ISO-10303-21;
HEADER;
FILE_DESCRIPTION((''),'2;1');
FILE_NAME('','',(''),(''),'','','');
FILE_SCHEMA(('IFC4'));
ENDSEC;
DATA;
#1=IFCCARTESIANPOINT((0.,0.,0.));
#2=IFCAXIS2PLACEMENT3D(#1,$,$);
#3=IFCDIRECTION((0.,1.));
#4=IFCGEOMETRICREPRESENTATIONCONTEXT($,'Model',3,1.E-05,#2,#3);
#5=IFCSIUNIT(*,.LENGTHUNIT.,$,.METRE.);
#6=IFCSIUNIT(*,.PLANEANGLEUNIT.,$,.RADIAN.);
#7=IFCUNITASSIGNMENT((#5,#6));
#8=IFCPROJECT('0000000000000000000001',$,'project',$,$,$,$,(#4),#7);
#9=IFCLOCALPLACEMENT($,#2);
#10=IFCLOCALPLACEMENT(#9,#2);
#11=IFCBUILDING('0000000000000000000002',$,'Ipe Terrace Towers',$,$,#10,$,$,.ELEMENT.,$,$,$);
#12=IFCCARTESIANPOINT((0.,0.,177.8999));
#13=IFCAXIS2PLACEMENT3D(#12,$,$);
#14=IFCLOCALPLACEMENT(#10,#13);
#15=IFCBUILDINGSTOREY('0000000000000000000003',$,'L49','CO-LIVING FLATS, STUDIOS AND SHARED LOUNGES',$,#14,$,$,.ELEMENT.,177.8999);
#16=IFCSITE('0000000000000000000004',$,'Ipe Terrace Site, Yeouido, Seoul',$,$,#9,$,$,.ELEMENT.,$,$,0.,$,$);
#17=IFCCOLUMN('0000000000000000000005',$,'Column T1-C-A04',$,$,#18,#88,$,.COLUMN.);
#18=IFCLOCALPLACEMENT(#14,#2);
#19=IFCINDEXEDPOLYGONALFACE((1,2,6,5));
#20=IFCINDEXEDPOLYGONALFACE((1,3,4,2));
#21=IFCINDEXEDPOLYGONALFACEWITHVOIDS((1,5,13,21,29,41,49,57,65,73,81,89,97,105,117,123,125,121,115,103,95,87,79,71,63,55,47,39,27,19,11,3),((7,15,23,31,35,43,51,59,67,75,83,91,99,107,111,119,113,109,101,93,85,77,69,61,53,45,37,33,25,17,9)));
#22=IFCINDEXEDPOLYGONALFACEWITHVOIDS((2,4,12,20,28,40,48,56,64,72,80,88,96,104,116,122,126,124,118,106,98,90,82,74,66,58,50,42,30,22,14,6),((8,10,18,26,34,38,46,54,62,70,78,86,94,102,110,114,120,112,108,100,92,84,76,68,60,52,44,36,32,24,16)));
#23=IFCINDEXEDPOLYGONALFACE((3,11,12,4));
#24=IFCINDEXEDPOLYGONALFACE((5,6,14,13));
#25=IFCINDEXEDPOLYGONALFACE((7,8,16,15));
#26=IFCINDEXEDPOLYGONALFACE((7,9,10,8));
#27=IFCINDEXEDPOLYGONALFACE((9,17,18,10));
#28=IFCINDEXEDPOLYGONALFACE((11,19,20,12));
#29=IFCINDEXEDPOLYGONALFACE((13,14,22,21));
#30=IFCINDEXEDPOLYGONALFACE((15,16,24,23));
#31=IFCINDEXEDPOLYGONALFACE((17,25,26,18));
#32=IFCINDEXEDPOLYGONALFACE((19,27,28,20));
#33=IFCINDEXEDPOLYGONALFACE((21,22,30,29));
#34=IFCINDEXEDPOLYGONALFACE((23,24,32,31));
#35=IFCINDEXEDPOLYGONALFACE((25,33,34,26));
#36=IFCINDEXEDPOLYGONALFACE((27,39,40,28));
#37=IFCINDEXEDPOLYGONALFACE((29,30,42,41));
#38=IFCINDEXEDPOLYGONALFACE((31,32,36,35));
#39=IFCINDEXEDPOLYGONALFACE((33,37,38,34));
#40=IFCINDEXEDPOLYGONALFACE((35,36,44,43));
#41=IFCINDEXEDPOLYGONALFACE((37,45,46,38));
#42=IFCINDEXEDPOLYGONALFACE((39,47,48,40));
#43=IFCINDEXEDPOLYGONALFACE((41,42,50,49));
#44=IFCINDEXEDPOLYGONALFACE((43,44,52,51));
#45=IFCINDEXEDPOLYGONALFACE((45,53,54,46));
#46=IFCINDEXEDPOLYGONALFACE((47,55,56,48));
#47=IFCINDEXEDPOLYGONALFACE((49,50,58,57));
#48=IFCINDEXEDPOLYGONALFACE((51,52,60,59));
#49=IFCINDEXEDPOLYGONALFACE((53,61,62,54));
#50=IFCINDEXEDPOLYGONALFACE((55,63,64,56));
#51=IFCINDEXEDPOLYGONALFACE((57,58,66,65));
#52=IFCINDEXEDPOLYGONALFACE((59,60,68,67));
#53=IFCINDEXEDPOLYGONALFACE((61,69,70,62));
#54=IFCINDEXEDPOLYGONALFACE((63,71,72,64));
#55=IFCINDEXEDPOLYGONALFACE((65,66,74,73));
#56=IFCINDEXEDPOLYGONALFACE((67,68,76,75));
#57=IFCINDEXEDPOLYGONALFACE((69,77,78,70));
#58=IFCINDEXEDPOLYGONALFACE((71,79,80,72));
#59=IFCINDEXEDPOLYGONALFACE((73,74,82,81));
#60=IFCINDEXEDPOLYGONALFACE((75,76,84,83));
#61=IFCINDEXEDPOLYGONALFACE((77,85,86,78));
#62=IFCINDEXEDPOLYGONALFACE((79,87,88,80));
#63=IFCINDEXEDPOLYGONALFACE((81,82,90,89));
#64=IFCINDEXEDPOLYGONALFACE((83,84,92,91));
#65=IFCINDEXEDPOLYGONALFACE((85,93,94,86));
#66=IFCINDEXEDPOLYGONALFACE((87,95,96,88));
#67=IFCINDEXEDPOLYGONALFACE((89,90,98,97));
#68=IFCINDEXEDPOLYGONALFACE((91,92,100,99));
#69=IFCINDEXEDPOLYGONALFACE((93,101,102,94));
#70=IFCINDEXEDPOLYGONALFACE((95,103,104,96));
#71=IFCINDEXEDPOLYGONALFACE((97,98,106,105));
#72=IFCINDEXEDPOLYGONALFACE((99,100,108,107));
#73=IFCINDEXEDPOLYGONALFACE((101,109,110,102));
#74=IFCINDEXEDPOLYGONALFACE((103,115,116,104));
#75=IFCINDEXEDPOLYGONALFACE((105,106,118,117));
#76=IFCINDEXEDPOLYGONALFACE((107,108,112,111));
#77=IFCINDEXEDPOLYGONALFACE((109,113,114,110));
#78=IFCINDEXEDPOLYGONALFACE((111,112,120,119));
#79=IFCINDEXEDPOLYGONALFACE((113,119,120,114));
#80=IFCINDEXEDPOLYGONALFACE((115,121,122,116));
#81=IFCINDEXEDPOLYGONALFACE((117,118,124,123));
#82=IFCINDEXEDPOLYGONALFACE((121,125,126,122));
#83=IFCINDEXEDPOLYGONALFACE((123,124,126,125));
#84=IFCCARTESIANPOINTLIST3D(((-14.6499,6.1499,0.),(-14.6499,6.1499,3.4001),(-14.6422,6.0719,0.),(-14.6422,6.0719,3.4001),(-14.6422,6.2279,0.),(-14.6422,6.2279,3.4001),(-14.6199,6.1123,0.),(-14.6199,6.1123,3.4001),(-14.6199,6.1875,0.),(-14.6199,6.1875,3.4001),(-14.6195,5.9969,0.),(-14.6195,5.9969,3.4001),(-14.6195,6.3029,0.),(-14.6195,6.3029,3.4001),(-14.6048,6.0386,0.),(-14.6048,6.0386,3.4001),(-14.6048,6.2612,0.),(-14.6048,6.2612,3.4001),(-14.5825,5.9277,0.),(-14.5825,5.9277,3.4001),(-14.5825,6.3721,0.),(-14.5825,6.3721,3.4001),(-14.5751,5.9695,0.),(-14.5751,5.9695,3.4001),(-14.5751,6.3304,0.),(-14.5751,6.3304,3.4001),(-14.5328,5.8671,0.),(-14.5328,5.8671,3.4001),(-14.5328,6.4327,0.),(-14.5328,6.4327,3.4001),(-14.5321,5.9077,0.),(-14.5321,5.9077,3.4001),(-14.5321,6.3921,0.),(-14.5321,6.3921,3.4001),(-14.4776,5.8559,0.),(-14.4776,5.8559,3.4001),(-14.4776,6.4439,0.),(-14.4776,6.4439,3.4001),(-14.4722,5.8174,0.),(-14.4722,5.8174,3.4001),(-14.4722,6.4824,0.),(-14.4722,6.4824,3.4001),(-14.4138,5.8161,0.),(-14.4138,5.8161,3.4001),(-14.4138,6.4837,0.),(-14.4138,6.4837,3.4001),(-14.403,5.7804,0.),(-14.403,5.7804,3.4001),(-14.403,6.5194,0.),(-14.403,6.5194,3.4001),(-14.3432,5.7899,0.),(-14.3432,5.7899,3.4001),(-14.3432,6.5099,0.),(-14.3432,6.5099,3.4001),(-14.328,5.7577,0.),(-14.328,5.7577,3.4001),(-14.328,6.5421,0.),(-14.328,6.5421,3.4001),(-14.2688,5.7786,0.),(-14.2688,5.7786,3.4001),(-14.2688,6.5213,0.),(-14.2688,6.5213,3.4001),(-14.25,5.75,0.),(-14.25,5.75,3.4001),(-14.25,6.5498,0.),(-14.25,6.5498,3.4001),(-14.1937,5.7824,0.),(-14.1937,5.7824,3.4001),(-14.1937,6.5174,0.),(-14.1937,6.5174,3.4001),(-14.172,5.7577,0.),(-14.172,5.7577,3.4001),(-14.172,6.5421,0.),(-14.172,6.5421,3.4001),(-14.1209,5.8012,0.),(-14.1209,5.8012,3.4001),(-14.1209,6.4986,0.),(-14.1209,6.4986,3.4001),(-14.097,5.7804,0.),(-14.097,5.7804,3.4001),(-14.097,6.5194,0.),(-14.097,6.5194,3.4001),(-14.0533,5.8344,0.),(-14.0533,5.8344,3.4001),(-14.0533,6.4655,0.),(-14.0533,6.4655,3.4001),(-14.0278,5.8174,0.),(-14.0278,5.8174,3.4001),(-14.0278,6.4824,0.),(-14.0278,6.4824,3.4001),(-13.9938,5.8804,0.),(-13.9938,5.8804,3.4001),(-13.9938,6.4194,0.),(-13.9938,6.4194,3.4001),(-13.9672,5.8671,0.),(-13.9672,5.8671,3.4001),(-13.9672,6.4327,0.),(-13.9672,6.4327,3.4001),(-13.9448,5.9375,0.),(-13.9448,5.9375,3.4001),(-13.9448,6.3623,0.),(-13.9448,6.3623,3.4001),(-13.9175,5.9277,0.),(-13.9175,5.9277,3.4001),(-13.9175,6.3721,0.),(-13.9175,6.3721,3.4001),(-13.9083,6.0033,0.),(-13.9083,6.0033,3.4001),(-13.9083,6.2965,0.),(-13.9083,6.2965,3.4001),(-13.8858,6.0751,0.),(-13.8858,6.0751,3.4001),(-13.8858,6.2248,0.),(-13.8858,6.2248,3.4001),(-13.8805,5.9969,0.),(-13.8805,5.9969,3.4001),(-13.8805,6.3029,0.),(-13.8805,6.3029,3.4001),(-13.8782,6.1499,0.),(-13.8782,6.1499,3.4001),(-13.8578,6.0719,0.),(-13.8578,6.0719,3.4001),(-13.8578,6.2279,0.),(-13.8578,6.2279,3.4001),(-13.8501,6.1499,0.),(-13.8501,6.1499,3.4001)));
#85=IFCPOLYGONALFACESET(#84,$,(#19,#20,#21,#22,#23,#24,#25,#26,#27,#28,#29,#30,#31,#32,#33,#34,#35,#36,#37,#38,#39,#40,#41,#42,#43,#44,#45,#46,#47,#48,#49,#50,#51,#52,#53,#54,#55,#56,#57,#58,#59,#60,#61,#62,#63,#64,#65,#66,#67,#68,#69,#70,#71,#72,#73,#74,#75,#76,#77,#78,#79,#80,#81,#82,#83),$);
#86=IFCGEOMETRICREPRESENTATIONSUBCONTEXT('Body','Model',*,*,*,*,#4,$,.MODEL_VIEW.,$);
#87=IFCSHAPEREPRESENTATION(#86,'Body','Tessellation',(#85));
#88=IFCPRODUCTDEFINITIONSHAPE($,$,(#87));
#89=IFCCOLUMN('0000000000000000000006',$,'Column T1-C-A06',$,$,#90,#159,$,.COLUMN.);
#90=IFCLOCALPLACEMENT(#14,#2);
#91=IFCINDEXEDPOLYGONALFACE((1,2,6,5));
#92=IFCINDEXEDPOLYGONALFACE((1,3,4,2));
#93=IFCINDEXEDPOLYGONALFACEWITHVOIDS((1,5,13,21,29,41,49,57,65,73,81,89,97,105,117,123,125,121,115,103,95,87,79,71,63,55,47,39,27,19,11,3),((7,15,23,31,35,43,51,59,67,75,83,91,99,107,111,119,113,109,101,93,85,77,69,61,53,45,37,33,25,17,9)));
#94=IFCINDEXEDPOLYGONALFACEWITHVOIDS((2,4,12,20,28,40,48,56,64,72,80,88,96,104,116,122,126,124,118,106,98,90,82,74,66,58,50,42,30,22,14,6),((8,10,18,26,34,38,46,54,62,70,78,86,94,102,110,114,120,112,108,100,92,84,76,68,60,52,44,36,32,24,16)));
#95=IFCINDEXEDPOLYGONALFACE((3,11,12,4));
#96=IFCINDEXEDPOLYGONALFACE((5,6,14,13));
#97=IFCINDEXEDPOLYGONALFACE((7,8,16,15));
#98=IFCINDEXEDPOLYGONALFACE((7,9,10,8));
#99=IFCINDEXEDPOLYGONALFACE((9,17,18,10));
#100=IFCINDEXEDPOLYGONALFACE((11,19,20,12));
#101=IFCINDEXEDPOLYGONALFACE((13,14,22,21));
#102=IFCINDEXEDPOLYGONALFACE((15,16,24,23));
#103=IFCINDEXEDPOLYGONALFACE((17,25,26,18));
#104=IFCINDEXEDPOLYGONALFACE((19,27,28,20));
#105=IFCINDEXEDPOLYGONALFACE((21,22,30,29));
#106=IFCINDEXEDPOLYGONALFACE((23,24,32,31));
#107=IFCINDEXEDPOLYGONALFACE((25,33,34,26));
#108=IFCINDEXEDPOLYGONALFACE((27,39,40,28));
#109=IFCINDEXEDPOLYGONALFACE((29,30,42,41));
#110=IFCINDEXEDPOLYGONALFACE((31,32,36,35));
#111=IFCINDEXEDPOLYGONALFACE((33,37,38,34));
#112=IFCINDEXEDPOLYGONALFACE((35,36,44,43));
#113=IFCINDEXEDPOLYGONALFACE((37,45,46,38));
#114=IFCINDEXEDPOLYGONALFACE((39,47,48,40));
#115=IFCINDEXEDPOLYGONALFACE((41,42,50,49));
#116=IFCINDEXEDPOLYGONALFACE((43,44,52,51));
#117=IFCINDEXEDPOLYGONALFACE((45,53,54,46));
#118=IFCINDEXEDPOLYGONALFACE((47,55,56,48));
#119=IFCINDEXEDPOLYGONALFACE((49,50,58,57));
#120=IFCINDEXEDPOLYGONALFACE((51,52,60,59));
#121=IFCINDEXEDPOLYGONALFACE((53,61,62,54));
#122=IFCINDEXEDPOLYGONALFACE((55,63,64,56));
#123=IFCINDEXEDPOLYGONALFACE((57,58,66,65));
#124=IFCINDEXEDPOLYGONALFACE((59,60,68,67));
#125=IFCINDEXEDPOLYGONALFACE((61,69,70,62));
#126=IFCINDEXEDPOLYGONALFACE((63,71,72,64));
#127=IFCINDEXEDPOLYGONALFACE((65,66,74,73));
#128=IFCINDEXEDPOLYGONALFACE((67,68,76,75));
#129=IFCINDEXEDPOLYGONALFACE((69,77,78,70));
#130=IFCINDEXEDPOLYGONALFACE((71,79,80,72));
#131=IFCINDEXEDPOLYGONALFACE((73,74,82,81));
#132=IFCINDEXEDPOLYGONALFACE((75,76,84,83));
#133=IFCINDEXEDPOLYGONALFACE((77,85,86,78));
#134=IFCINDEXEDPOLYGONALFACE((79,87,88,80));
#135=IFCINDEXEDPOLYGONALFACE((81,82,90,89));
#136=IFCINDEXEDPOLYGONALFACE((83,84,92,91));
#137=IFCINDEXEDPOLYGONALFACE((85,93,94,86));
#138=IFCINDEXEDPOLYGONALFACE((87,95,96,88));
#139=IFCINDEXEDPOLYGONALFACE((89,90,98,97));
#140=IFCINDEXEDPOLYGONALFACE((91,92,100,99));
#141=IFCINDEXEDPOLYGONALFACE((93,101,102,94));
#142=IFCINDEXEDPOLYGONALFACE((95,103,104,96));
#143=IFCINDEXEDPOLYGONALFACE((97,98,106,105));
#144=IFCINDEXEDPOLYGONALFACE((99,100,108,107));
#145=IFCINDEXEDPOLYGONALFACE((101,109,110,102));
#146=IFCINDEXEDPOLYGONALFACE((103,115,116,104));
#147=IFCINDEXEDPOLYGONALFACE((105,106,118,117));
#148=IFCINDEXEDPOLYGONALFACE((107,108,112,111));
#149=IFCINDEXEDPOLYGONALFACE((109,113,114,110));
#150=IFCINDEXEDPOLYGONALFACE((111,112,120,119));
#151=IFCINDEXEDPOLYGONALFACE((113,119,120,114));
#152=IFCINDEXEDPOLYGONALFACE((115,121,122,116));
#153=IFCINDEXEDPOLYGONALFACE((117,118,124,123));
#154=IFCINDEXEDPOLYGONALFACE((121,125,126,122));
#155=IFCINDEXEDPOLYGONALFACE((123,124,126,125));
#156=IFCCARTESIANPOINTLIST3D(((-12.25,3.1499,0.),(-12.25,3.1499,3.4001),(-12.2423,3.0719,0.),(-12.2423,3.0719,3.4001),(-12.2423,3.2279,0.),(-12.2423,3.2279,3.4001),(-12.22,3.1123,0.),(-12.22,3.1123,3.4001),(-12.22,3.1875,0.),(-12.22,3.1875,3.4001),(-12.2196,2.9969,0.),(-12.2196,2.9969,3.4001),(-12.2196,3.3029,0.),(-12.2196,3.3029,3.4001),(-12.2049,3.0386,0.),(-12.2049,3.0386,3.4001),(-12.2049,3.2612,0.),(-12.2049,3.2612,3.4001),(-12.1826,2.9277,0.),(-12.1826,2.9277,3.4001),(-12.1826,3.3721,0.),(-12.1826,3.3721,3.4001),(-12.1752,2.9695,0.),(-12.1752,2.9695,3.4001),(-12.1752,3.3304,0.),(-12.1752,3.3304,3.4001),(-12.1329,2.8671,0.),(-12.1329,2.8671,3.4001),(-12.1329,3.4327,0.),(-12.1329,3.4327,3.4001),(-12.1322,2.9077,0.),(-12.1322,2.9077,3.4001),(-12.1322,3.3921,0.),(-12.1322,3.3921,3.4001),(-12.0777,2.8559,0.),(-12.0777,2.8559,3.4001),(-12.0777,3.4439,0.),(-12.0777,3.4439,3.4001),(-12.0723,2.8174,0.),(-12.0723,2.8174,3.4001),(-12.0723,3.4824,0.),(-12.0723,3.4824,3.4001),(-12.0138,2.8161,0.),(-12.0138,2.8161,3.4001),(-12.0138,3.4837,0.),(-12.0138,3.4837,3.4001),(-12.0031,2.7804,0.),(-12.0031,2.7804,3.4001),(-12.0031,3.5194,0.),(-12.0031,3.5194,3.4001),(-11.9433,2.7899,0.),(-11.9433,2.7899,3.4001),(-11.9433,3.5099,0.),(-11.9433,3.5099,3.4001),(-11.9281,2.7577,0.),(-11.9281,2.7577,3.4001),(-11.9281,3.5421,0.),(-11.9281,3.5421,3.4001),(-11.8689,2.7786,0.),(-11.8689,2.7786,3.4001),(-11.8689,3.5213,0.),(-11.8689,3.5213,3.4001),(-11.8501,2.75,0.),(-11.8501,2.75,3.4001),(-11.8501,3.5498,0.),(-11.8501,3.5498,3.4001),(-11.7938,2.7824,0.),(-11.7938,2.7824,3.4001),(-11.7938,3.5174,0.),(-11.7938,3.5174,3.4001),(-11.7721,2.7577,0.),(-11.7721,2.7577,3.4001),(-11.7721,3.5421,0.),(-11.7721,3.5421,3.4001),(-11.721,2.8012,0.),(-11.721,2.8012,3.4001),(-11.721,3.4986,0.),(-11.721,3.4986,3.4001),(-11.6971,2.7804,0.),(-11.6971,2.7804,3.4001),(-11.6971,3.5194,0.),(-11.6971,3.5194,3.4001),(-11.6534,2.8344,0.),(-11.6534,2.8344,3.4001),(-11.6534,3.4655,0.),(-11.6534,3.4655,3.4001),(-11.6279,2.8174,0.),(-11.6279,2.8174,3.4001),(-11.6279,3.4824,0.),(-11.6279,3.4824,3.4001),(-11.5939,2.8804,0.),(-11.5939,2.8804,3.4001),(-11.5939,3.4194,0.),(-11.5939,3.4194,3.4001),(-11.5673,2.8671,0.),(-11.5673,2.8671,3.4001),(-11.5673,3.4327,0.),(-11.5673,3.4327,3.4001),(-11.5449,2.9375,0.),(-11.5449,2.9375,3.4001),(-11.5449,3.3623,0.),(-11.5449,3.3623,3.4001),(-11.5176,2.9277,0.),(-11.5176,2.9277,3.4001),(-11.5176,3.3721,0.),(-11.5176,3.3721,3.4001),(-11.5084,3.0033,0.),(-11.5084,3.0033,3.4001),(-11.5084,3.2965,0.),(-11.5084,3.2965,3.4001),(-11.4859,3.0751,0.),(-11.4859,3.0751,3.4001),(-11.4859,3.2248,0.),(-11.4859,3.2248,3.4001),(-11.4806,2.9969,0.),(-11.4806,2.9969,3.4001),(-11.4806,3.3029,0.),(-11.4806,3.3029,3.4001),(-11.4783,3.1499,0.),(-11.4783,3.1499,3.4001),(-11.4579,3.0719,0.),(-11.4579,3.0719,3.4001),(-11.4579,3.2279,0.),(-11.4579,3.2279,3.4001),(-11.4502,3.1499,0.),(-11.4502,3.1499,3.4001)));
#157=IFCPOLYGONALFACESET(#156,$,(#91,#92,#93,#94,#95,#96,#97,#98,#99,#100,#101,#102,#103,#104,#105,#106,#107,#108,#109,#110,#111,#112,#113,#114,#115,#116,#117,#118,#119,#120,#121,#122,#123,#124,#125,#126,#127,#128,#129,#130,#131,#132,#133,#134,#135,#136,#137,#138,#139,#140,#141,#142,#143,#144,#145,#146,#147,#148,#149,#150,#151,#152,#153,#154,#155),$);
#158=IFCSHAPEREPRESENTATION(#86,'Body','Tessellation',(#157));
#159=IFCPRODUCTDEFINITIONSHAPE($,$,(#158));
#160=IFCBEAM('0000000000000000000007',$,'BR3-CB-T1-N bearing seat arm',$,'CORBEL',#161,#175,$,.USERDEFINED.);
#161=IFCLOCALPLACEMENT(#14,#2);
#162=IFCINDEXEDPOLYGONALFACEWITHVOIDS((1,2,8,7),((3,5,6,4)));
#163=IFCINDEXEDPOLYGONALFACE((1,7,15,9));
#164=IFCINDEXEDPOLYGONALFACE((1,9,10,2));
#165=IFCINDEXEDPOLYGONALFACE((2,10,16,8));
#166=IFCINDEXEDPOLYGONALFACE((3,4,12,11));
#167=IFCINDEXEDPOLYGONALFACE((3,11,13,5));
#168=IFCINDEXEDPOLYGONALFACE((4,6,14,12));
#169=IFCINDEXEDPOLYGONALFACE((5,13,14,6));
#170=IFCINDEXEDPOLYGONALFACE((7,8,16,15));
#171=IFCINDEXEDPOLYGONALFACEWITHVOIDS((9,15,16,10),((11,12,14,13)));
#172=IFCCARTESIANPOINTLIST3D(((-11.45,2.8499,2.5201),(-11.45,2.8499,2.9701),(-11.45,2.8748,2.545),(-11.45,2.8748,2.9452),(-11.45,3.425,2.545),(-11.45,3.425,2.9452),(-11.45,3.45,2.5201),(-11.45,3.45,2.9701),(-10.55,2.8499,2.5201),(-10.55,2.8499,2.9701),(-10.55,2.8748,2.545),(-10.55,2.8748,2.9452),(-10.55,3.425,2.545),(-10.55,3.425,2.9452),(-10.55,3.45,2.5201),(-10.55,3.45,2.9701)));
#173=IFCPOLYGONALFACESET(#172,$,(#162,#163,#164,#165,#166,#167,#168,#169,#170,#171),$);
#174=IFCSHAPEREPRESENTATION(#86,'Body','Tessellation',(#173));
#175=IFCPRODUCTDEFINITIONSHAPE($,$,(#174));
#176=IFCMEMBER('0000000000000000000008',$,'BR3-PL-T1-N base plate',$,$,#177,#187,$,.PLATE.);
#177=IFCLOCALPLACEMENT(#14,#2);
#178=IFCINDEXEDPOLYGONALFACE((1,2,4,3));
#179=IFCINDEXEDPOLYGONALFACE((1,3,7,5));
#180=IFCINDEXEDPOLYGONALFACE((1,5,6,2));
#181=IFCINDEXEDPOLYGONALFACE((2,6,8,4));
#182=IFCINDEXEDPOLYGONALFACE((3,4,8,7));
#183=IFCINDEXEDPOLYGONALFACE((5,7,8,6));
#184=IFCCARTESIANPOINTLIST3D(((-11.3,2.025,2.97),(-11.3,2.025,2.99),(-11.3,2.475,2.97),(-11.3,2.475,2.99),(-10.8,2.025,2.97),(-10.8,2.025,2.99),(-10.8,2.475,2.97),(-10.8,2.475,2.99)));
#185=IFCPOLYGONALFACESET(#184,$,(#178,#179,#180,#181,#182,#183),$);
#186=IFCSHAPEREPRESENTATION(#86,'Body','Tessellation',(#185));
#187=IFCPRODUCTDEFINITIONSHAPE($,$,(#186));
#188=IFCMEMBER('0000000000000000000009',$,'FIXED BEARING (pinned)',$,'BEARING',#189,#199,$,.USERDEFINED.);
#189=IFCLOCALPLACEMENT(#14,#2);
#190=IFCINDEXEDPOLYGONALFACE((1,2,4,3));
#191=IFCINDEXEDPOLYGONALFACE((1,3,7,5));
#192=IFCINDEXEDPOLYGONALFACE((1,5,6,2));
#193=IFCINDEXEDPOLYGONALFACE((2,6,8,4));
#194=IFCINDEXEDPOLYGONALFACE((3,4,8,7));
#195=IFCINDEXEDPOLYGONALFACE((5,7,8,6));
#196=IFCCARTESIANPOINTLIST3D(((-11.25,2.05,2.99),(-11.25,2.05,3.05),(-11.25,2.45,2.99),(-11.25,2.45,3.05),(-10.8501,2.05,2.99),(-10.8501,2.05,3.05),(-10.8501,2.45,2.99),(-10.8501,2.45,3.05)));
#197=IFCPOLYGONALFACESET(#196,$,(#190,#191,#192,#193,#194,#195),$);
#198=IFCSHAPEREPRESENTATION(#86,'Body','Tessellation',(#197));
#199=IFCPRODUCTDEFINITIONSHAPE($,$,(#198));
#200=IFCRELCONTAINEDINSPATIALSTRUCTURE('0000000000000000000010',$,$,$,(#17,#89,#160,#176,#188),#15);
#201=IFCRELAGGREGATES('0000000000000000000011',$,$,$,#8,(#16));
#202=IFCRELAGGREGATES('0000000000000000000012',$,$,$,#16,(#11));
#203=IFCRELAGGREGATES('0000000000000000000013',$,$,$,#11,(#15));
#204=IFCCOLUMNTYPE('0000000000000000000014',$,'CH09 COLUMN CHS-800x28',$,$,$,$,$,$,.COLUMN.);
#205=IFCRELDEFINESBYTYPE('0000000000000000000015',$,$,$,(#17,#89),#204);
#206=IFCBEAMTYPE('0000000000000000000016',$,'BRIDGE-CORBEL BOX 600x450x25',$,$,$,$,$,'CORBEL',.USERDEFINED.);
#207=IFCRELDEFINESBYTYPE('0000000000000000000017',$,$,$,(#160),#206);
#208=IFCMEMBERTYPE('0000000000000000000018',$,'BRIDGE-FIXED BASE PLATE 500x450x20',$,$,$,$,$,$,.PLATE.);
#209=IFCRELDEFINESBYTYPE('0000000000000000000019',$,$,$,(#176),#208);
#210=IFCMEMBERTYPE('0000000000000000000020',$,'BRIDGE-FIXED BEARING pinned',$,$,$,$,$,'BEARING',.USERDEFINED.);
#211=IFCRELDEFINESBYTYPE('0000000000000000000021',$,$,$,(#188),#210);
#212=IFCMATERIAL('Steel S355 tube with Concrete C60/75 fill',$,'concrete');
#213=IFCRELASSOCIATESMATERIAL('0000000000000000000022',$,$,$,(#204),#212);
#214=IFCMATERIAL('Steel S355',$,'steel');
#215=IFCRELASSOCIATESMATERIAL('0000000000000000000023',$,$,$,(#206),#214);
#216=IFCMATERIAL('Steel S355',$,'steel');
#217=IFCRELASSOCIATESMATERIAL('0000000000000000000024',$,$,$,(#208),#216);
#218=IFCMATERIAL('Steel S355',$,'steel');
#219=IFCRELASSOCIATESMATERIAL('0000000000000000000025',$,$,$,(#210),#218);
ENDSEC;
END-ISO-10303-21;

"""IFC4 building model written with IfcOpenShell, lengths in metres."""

from ifc_helpers import new_model, si_unit, direction, frame, origin, origin_2d, place, context, subcontext, project, spatial, rectangle, hollow_rectangle, hollow_circle, extrude, material, material_profile, profile_set, type_object, element, save


model = new_model("IFC4")

# Units and contexts
model_context = context("Model", 3, precision=1e-05, world=origin(), true_north=direction((0.0, 1.0)))
body_context = subcontext(model_context, "Body", "Model", "MODEL_VIEW")
ifc_project = project(units=[si_unit("LENGTHUNIT", "METRE"), si_unit("PLANEANGLEUNIT", "RADIAN")], contexts=[model_context])

# Site, building, storey
site_placement = place(None, origin())
site = spatial("IfcSite", under=ifc_project, at=site_placement, Name="Ipe Terrace Site, Yeouido, Seoul", CompositionType="ELEMENT", RefElevation=0.0)
building_placement = place(site_placement, origin())
building = spatial("IfcBuilding", under=site, at=building_placement, Name="Ipe Terrace Towers", CompositionType="ELEMENT")
storey_placement = place(building_placement, frame((0.0, 0.0, 177.8999)))
storey = spatial("IfcBuildingStorey", under=building, at=storey_placement, Name="L49", Description="CO-LIVING FLATS, STUDIOS AND SHARED LOUNGES", CompositionType="ELEMENT", Elevation=177.8999)

# Columns
ifc_material_1 = material(Name="Steel S355 tube with Concrete C60/75 fill", Category="concrete")
ifc_material_profile_1 = material_profile(ifc_material_1, hollow_circle(Radius=0.3999, WallThickness=0.0281, at=origin_2d()), Name="CHS-800x28")
ifc_profile_set_1 = profile_set([ifc_material_profile_1], Name="Steel S355 tube with Concrete C60/75 fill")
column_type = type_object("IfcColumnType", Name="CH09 COLUMN CHS-800x28", PredefinedType="COLUMN", material=ifc_profile_set_1)
for number, where, z_axis, x_axis, name in (
    (1, (-14.25, 6.1499, 0.0), (0.0, 0.0, 1.0), (1.0, 0.0, 0.0), "Column T1-C-A04"),
    (2, (-11.8501, 3.1499, 0.0), (0.0, 0.0, 1.0), (1.0, 0.0, 0.0), "Column T1-C-A06"),
):
    element("IfcColumn", number, at=place(storey_placement, frame(where, z_axis=z_axis, x_axis=x_axis)), inside=storey, type_object=column_type, Name=name, PredefinedType="COLUMN", context=body_context, shape_type="SweptSolid", body=[
        extrude(hollow_circle(Radius=0.3999, WallThickness=0.0281, at=origin_2d()), origin(), (0.0, 0.0, 1.0), 3.4001),
    ])

# Beam
ifc_material_2 = material(Name="Steel S355", Category="steel")
ifc_material_profile_2 = material_profile(ifc_material_2, hollow_rectangle(XDim=0.6001, YDim=0.45, WallThickness=0.0249, at=origin_2d()), Name="BRIDGE-CORBEL BOX 600x450x25")
ifc_profile_set_2 = profile_set([ifc_material_profile_2], Name="Steel S355")
beam_type = type_object("IfcBeamType", Name="BRIDGE-CORBEL BOX 600x450x25", ElementType="CORBEL", PredefinedType="USERDEFINED", material=ifc_profile_set_2)
beam_placement = place(storey_placement, frame((-11.45, 3.1499, 2.7451), z_axis=(1.0, 0.0, 0.0), x_axis=(0.0, 1.0, 0.0)))
element("IfcBeam", 3, at=beam_placement, inside=storey, type_object=beam_type, Name="BR3-CB-T1-N bearing seat arm", ObjectType="CORBEL", PredefinedType="USERDEFINED", context=body_context, shape_type="SweptSolid", body=[
    extrude(hollow_rectangle(XDim=0.6001, YDim=0.45, WallThickness=0.0249, at=origin_2d()), origin(), (0.0, 0.0, 1.0), 0.8999),
])

# Members
ifc_material_3 = material(Name="Steel S355", Category="steel")
member_type_1 = type_object("IfcMemberType", Name="BRIDGE-FIXED BASE PLATE 500x450x20", PredefinedType="PLATE", material=ifc_material_3)
member_1_placement = place(storey_placement, frame((-11.05, 2.25, 2.97), z_axis=(0.0, 0.0, 1.0), x_axis=(1.0, 0.0, 0.0)))
element("IfcMember", 4, at=member_1_placement, inside=storey, type_object=member_type_1, Name="BR3-PL-T1-N base plate", PredefinedType="PLATE", context=body_context, shape_type="SweptSolid", body=[
    extrude(rectangle(XDim=0.5, YDim=0.45, at=origin_2d()), origin(), (0.0, 0.0, 1.0), 0.02),
])
ifc_material_4 = material(Name="Steel S355", Category="steel")
member_type_2 = type_object("IfcMemberType", Name="BRIDGE-FIXED BEARING pinned", ElementType="BEARING", PredefinedType="USERDEFINED", material=ifc_material_4)
member_2_placement = place(storey_placement, frame((-11.05, 2.25, 2.99), z_axis=(0.0, 0.0, 1.0), x_axis=(1.0, 0.0, 0.0)))
element("IfcMember", 5, at=member_2_placement, inside=storey, type_object=member_type_2, Name="FIXED BEARING (pinned)", ObjectType="BEARING", PredefinedType="USERDEFINED", context=body_context, shape_type="SweptSolid", body=[
    extrude(rectangle(XDim=0.3999, YDim=0.3999, at=origin_2d()), origin(), (0.0, 0.0, 1.0), 0.0601),
])

save(model, "model.ifc")
